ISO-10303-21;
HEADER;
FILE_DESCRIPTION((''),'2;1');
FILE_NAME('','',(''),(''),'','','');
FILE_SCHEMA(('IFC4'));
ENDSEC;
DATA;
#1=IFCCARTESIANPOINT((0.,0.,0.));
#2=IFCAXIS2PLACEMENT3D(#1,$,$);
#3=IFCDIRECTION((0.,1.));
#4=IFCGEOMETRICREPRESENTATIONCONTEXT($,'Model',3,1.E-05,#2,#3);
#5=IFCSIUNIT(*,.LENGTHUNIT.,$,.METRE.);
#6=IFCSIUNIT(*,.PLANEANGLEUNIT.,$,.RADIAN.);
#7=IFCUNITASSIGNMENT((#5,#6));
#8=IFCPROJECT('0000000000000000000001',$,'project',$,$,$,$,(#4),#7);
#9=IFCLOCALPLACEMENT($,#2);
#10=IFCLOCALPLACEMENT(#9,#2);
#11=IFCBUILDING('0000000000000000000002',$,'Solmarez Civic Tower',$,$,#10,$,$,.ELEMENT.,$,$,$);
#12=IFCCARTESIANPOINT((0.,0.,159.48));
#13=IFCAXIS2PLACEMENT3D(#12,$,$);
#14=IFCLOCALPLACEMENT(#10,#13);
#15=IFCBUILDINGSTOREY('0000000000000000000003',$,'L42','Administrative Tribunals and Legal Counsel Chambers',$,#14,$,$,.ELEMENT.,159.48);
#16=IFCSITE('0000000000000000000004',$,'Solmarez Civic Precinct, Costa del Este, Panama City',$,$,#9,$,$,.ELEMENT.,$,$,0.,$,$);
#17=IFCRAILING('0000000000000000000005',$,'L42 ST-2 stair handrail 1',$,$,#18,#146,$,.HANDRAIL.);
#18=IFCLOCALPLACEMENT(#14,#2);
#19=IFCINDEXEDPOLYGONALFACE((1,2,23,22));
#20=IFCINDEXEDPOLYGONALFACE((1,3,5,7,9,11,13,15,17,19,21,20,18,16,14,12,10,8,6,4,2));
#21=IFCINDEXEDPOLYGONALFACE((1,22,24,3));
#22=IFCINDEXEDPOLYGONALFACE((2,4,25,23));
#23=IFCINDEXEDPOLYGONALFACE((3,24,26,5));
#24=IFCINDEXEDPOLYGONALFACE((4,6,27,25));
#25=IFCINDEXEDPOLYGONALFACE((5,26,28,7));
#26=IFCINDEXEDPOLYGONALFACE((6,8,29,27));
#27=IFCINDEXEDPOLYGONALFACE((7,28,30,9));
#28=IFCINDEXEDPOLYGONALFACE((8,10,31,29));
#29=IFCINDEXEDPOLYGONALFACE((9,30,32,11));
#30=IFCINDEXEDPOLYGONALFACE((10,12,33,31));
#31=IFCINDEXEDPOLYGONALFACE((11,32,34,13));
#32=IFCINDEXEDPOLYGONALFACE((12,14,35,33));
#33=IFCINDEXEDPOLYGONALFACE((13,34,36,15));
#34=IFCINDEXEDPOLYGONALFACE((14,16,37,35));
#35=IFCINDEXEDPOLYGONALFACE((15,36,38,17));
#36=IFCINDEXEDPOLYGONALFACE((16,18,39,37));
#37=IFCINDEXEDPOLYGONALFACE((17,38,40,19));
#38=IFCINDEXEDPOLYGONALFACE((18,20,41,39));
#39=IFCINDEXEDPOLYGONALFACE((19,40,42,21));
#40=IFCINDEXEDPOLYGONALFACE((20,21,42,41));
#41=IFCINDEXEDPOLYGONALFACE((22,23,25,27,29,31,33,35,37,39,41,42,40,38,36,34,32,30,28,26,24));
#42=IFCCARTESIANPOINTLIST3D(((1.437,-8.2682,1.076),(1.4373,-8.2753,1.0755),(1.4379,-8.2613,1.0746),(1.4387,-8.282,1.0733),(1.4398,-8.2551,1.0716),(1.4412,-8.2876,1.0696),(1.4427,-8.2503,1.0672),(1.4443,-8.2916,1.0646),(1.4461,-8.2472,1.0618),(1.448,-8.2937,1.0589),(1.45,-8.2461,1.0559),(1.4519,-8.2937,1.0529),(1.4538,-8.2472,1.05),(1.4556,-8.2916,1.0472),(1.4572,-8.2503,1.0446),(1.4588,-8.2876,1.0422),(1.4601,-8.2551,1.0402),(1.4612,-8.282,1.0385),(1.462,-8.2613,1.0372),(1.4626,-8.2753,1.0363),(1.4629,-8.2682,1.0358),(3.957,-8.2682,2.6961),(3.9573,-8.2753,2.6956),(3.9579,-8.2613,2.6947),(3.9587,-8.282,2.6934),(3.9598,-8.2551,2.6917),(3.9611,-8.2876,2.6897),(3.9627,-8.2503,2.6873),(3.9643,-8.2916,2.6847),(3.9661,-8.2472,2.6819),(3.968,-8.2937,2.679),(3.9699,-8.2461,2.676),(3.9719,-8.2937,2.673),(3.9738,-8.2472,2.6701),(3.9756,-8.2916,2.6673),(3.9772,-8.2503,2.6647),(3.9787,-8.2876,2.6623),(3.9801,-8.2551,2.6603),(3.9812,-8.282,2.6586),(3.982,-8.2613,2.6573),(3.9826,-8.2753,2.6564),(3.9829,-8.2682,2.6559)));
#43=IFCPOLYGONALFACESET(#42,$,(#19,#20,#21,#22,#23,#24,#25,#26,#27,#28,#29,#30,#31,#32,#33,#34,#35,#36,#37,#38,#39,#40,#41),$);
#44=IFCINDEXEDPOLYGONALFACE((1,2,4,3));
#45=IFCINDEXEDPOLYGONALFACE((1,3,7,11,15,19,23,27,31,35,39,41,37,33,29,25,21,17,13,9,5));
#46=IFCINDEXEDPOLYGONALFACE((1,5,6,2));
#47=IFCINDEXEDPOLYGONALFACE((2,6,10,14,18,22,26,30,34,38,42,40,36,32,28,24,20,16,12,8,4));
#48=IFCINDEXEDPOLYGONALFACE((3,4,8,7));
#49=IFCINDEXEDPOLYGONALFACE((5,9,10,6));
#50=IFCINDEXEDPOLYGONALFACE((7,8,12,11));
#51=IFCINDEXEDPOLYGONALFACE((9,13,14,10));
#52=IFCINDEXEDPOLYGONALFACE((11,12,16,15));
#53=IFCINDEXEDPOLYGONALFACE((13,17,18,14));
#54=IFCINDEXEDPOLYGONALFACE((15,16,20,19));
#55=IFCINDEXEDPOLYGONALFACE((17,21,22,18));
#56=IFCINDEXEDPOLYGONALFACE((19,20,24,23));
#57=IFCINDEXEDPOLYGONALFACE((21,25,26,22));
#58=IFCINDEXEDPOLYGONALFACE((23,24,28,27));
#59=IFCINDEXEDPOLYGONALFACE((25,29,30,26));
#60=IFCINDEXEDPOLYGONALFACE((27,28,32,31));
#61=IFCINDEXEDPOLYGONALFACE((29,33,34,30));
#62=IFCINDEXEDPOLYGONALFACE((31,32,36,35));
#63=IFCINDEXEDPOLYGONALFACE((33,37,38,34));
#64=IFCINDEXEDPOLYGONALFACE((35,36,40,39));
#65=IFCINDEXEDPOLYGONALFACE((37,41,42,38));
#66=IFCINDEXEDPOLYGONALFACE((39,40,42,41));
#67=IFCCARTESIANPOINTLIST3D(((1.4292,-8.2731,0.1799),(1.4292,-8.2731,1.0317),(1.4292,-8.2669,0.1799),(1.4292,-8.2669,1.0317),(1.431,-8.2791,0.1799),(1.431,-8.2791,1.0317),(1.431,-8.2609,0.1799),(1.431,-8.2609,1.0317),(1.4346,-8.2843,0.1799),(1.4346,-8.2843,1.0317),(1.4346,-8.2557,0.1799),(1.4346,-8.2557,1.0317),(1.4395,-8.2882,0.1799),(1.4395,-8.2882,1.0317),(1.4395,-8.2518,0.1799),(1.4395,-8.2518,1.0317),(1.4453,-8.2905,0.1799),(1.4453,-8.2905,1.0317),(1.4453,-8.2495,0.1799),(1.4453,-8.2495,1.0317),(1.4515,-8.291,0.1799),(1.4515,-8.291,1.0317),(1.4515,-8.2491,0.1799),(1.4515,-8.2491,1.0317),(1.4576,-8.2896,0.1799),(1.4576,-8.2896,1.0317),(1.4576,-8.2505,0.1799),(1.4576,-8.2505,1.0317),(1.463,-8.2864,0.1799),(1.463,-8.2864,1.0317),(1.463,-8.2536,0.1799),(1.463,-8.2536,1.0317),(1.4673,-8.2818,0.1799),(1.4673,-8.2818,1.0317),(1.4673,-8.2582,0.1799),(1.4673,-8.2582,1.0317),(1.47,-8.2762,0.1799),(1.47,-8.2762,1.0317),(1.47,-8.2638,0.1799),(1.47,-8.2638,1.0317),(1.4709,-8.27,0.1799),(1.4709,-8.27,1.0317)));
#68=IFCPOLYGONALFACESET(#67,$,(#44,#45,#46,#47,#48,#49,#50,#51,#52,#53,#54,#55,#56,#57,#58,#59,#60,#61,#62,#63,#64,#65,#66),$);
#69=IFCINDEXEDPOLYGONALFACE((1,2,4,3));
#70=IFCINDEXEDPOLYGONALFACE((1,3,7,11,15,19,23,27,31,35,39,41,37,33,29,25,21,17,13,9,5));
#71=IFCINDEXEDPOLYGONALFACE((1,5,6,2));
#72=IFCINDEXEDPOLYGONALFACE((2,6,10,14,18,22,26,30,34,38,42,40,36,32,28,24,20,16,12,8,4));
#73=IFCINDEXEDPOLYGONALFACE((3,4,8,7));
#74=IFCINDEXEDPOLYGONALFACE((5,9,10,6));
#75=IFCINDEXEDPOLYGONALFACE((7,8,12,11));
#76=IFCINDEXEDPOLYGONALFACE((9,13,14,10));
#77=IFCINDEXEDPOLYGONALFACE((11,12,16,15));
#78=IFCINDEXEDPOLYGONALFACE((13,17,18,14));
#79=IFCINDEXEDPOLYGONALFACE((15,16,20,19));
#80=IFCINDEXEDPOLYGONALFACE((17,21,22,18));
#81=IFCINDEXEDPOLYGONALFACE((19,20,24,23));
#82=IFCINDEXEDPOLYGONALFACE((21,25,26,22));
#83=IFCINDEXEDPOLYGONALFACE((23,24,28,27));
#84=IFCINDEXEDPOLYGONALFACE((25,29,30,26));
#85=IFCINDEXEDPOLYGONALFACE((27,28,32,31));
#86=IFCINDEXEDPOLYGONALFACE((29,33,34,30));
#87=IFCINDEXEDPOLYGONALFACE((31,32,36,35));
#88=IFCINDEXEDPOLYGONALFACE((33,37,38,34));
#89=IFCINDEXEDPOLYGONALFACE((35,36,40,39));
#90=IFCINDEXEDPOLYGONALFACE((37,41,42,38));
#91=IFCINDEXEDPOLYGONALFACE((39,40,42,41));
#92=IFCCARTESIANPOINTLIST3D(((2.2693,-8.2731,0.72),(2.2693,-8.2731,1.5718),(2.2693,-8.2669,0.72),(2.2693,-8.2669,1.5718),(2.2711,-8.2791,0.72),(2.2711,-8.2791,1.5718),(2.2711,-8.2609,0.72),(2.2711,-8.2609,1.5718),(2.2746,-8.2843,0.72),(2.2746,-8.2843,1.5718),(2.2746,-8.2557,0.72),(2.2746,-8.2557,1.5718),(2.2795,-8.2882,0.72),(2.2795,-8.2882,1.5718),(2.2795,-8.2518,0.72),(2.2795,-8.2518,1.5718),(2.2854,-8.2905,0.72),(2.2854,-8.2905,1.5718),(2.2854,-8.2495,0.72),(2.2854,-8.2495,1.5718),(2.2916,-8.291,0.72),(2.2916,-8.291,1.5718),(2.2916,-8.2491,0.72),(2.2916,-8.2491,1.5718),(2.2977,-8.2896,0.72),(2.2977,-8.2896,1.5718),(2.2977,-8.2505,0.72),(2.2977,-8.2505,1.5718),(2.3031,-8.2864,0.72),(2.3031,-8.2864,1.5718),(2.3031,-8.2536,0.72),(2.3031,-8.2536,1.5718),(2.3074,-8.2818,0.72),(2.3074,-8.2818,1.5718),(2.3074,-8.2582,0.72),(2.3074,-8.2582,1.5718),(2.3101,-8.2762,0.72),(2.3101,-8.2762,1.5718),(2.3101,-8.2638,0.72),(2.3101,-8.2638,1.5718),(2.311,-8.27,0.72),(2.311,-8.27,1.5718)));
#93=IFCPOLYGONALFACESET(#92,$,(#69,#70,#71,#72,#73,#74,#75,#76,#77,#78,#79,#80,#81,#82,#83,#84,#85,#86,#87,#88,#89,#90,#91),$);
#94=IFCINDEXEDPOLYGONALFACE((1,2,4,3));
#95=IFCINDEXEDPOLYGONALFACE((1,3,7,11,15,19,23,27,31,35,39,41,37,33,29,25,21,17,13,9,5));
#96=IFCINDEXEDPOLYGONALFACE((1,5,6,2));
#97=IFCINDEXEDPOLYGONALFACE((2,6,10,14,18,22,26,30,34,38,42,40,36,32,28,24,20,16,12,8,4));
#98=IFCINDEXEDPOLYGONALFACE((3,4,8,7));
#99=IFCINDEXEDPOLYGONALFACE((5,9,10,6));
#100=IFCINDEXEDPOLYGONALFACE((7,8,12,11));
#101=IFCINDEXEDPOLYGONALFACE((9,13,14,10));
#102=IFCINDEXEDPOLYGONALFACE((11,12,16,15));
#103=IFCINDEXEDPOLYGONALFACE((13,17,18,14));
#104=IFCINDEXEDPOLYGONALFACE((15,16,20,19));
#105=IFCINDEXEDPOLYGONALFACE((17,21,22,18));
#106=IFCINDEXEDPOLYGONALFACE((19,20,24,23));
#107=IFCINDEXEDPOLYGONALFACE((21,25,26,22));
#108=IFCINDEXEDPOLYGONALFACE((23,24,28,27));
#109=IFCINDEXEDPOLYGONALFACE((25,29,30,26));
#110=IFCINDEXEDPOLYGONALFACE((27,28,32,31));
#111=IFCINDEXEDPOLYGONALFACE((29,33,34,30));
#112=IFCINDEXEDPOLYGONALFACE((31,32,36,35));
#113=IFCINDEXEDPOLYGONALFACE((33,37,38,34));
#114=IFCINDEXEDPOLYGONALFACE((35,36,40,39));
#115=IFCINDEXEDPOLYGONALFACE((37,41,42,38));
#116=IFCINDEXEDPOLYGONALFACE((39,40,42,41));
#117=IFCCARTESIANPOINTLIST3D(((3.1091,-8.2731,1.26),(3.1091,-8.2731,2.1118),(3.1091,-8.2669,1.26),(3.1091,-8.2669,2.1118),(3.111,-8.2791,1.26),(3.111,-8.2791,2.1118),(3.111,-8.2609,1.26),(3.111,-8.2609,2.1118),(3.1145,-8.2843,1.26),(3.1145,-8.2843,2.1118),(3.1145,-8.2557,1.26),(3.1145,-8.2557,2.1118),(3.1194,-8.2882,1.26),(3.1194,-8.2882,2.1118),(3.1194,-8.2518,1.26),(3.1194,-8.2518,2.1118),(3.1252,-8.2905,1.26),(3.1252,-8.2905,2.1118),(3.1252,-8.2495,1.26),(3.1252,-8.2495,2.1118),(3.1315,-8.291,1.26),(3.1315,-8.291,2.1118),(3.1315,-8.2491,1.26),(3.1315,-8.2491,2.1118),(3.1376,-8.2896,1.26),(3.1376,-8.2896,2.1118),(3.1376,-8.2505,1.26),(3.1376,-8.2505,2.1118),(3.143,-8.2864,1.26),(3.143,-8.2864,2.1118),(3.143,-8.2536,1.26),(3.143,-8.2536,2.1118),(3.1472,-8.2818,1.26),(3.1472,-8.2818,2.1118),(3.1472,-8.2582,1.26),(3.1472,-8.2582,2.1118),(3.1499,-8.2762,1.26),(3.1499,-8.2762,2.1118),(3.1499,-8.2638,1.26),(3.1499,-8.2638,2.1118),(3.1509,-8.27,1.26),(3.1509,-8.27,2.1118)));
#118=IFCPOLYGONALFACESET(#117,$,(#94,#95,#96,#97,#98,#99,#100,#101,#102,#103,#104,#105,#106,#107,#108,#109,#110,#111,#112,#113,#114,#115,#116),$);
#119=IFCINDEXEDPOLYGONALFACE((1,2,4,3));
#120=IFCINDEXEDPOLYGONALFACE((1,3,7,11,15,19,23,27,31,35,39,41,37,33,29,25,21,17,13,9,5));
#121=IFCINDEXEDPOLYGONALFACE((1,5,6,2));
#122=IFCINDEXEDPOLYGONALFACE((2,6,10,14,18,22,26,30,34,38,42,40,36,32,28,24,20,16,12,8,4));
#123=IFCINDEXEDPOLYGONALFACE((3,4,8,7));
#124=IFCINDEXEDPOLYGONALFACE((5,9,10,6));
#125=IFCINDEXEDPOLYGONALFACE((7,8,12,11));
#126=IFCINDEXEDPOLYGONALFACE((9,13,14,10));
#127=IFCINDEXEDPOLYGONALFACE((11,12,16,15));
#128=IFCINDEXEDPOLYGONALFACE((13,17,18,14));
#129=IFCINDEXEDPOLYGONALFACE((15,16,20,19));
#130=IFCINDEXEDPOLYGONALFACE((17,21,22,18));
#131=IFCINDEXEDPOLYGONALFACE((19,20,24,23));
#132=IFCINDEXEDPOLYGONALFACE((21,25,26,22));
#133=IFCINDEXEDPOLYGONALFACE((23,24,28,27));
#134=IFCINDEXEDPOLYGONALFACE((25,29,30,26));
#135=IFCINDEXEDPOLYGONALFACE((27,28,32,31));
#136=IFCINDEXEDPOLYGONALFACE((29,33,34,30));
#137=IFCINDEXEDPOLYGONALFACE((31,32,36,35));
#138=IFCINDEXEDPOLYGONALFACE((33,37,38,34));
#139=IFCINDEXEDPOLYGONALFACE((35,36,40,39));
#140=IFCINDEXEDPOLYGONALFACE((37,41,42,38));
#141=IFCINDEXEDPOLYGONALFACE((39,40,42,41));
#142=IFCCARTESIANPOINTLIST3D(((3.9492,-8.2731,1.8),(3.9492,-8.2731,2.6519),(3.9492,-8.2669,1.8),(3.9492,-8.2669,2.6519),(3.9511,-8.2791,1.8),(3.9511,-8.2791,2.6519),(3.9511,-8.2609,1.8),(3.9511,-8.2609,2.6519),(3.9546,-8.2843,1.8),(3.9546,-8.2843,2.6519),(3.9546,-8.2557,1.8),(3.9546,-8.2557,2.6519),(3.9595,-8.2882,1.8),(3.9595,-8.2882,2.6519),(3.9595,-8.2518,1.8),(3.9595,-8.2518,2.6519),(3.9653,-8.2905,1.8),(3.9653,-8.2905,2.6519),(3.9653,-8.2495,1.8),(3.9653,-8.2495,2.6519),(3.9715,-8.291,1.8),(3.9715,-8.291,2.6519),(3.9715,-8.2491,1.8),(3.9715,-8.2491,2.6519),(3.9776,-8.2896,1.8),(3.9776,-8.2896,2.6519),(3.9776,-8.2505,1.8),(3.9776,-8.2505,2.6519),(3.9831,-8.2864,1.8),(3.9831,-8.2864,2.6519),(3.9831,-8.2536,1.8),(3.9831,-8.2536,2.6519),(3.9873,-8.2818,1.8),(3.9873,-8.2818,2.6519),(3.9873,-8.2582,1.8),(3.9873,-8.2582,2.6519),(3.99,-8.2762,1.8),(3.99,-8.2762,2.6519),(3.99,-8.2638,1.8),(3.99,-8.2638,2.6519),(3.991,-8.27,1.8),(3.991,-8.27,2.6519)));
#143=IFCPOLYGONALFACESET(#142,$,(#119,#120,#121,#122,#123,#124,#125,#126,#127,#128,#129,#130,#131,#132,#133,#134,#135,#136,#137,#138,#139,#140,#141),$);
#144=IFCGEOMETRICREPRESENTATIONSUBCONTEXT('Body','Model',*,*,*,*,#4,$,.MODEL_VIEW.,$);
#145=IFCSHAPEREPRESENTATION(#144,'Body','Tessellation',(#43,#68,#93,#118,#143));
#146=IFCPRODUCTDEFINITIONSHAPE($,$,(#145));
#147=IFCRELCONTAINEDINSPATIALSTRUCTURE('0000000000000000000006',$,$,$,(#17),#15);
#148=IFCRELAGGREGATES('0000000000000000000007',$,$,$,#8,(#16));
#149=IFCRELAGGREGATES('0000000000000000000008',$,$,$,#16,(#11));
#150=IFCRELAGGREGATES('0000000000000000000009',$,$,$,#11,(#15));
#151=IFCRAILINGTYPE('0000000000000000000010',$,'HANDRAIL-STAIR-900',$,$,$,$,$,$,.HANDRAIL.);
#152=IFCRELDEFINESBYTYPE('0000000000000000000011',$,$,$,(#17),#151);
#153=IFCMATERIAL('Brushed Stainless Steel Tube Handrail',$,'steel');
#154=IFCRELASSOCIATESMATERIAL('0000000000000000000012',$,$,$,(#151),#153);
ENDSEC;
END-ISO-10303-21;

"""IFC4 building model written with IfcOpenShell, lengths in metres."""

from ifc_helpers import new_model, si_unit, direction, frame, origin, origin_2d, place, context, subcontext, project, spatial, circle, extrude, material, type_object, element, save


model = new_model("IFC4")

# Units and contexts
model_context = context("Model", 3, precision=1e-05, world=origin(), true_north=direction((0.0, 1.0)))
body_context = subcontext(model_context, "Body", "Model", "MODEL_VIEW")
ifc_project = project(units=[si_unit("LENGTHUNIT", "METRE"), si_unit("PLANEANGLEUNIT", "RADIAN")], contexts=[model_context])

# Site, building, storey
site_placement = place(None, origin())
site = spatial("IfcSite", under=ifc_project, at=site_placement, Name="Solmarez Civic Precinct, Costa del Este, Panama City", CompositionType="ELEMENT", RefElevation=0.0)
building_placement = place(site_placement, origin())
building = spatial("IfcBuilding", under=site, at=building_placement, Name="Solmarez Civic Tower", CompositionType="ELEMENT")
storey_placement = place(building_placement, frame((0.0, 0.0, 159.48)))
storey = spatial("IfcBuildingStorey", under=building, at=storey_placement, Name="L42", Description="Administrative Tribunals and Legal Counsel Chambers", CompositionType="ELEMENT", Elevation=159.48)

# Railing
ifc_material_1 = material(Name="Brushed Stainless Steel Tube Handrail", Category="steel")
railing_type_1 = type_object("IfcRailingType", Name="HANDRAIL-STAIR-900", PredefinedType="HANDRAIL", material=ifc_material_1)
railing_1_placement = place(storey_placement, frame((1.45, -8.27, 0.1799)))
element("IfcRailing", 1, at=railing_1_placement, inside=storey, type_object=railing_type_1, Name="L42 ST-2 stair handrail 1", PredefinedType="HANDRAIL", context=body_context, shape_type="SweptSolid", body=[
    extrude(circle(Radius=0.0239, at=origin_2d()), frame((0.0, 0.0, 0.876), z_axis=(0.841163, 0.0, 0.540782), x_axis=(0.0, 1.0, 0.0)), (0.0, 0.0, 1.0), 2.9958),
    extrude(circle(Radius=0.021, at=origin_2d()), origin(), (0.0, 0.0, 1.0), 0.8518),
    extrude(circle(Radius=0.021, at=origin_2d()), frame((0.8401, 0.0, 0.54)), (0.0, 0.0, 1.0), 0.8518),
    extrude(circle(Radius=0.021, at=origin_2d()), frame((1.6799, 0.0, 1.0801)), (0.0, 0.0, 1.0), 0.8518),
    extrude(circle(Radius=0.021, at=origin_2d()), frame((2.52, 0.0, 1.6201)), (0.0, 0.0, 1.0), 0.8518),
])

save(model, "model.ifc")
